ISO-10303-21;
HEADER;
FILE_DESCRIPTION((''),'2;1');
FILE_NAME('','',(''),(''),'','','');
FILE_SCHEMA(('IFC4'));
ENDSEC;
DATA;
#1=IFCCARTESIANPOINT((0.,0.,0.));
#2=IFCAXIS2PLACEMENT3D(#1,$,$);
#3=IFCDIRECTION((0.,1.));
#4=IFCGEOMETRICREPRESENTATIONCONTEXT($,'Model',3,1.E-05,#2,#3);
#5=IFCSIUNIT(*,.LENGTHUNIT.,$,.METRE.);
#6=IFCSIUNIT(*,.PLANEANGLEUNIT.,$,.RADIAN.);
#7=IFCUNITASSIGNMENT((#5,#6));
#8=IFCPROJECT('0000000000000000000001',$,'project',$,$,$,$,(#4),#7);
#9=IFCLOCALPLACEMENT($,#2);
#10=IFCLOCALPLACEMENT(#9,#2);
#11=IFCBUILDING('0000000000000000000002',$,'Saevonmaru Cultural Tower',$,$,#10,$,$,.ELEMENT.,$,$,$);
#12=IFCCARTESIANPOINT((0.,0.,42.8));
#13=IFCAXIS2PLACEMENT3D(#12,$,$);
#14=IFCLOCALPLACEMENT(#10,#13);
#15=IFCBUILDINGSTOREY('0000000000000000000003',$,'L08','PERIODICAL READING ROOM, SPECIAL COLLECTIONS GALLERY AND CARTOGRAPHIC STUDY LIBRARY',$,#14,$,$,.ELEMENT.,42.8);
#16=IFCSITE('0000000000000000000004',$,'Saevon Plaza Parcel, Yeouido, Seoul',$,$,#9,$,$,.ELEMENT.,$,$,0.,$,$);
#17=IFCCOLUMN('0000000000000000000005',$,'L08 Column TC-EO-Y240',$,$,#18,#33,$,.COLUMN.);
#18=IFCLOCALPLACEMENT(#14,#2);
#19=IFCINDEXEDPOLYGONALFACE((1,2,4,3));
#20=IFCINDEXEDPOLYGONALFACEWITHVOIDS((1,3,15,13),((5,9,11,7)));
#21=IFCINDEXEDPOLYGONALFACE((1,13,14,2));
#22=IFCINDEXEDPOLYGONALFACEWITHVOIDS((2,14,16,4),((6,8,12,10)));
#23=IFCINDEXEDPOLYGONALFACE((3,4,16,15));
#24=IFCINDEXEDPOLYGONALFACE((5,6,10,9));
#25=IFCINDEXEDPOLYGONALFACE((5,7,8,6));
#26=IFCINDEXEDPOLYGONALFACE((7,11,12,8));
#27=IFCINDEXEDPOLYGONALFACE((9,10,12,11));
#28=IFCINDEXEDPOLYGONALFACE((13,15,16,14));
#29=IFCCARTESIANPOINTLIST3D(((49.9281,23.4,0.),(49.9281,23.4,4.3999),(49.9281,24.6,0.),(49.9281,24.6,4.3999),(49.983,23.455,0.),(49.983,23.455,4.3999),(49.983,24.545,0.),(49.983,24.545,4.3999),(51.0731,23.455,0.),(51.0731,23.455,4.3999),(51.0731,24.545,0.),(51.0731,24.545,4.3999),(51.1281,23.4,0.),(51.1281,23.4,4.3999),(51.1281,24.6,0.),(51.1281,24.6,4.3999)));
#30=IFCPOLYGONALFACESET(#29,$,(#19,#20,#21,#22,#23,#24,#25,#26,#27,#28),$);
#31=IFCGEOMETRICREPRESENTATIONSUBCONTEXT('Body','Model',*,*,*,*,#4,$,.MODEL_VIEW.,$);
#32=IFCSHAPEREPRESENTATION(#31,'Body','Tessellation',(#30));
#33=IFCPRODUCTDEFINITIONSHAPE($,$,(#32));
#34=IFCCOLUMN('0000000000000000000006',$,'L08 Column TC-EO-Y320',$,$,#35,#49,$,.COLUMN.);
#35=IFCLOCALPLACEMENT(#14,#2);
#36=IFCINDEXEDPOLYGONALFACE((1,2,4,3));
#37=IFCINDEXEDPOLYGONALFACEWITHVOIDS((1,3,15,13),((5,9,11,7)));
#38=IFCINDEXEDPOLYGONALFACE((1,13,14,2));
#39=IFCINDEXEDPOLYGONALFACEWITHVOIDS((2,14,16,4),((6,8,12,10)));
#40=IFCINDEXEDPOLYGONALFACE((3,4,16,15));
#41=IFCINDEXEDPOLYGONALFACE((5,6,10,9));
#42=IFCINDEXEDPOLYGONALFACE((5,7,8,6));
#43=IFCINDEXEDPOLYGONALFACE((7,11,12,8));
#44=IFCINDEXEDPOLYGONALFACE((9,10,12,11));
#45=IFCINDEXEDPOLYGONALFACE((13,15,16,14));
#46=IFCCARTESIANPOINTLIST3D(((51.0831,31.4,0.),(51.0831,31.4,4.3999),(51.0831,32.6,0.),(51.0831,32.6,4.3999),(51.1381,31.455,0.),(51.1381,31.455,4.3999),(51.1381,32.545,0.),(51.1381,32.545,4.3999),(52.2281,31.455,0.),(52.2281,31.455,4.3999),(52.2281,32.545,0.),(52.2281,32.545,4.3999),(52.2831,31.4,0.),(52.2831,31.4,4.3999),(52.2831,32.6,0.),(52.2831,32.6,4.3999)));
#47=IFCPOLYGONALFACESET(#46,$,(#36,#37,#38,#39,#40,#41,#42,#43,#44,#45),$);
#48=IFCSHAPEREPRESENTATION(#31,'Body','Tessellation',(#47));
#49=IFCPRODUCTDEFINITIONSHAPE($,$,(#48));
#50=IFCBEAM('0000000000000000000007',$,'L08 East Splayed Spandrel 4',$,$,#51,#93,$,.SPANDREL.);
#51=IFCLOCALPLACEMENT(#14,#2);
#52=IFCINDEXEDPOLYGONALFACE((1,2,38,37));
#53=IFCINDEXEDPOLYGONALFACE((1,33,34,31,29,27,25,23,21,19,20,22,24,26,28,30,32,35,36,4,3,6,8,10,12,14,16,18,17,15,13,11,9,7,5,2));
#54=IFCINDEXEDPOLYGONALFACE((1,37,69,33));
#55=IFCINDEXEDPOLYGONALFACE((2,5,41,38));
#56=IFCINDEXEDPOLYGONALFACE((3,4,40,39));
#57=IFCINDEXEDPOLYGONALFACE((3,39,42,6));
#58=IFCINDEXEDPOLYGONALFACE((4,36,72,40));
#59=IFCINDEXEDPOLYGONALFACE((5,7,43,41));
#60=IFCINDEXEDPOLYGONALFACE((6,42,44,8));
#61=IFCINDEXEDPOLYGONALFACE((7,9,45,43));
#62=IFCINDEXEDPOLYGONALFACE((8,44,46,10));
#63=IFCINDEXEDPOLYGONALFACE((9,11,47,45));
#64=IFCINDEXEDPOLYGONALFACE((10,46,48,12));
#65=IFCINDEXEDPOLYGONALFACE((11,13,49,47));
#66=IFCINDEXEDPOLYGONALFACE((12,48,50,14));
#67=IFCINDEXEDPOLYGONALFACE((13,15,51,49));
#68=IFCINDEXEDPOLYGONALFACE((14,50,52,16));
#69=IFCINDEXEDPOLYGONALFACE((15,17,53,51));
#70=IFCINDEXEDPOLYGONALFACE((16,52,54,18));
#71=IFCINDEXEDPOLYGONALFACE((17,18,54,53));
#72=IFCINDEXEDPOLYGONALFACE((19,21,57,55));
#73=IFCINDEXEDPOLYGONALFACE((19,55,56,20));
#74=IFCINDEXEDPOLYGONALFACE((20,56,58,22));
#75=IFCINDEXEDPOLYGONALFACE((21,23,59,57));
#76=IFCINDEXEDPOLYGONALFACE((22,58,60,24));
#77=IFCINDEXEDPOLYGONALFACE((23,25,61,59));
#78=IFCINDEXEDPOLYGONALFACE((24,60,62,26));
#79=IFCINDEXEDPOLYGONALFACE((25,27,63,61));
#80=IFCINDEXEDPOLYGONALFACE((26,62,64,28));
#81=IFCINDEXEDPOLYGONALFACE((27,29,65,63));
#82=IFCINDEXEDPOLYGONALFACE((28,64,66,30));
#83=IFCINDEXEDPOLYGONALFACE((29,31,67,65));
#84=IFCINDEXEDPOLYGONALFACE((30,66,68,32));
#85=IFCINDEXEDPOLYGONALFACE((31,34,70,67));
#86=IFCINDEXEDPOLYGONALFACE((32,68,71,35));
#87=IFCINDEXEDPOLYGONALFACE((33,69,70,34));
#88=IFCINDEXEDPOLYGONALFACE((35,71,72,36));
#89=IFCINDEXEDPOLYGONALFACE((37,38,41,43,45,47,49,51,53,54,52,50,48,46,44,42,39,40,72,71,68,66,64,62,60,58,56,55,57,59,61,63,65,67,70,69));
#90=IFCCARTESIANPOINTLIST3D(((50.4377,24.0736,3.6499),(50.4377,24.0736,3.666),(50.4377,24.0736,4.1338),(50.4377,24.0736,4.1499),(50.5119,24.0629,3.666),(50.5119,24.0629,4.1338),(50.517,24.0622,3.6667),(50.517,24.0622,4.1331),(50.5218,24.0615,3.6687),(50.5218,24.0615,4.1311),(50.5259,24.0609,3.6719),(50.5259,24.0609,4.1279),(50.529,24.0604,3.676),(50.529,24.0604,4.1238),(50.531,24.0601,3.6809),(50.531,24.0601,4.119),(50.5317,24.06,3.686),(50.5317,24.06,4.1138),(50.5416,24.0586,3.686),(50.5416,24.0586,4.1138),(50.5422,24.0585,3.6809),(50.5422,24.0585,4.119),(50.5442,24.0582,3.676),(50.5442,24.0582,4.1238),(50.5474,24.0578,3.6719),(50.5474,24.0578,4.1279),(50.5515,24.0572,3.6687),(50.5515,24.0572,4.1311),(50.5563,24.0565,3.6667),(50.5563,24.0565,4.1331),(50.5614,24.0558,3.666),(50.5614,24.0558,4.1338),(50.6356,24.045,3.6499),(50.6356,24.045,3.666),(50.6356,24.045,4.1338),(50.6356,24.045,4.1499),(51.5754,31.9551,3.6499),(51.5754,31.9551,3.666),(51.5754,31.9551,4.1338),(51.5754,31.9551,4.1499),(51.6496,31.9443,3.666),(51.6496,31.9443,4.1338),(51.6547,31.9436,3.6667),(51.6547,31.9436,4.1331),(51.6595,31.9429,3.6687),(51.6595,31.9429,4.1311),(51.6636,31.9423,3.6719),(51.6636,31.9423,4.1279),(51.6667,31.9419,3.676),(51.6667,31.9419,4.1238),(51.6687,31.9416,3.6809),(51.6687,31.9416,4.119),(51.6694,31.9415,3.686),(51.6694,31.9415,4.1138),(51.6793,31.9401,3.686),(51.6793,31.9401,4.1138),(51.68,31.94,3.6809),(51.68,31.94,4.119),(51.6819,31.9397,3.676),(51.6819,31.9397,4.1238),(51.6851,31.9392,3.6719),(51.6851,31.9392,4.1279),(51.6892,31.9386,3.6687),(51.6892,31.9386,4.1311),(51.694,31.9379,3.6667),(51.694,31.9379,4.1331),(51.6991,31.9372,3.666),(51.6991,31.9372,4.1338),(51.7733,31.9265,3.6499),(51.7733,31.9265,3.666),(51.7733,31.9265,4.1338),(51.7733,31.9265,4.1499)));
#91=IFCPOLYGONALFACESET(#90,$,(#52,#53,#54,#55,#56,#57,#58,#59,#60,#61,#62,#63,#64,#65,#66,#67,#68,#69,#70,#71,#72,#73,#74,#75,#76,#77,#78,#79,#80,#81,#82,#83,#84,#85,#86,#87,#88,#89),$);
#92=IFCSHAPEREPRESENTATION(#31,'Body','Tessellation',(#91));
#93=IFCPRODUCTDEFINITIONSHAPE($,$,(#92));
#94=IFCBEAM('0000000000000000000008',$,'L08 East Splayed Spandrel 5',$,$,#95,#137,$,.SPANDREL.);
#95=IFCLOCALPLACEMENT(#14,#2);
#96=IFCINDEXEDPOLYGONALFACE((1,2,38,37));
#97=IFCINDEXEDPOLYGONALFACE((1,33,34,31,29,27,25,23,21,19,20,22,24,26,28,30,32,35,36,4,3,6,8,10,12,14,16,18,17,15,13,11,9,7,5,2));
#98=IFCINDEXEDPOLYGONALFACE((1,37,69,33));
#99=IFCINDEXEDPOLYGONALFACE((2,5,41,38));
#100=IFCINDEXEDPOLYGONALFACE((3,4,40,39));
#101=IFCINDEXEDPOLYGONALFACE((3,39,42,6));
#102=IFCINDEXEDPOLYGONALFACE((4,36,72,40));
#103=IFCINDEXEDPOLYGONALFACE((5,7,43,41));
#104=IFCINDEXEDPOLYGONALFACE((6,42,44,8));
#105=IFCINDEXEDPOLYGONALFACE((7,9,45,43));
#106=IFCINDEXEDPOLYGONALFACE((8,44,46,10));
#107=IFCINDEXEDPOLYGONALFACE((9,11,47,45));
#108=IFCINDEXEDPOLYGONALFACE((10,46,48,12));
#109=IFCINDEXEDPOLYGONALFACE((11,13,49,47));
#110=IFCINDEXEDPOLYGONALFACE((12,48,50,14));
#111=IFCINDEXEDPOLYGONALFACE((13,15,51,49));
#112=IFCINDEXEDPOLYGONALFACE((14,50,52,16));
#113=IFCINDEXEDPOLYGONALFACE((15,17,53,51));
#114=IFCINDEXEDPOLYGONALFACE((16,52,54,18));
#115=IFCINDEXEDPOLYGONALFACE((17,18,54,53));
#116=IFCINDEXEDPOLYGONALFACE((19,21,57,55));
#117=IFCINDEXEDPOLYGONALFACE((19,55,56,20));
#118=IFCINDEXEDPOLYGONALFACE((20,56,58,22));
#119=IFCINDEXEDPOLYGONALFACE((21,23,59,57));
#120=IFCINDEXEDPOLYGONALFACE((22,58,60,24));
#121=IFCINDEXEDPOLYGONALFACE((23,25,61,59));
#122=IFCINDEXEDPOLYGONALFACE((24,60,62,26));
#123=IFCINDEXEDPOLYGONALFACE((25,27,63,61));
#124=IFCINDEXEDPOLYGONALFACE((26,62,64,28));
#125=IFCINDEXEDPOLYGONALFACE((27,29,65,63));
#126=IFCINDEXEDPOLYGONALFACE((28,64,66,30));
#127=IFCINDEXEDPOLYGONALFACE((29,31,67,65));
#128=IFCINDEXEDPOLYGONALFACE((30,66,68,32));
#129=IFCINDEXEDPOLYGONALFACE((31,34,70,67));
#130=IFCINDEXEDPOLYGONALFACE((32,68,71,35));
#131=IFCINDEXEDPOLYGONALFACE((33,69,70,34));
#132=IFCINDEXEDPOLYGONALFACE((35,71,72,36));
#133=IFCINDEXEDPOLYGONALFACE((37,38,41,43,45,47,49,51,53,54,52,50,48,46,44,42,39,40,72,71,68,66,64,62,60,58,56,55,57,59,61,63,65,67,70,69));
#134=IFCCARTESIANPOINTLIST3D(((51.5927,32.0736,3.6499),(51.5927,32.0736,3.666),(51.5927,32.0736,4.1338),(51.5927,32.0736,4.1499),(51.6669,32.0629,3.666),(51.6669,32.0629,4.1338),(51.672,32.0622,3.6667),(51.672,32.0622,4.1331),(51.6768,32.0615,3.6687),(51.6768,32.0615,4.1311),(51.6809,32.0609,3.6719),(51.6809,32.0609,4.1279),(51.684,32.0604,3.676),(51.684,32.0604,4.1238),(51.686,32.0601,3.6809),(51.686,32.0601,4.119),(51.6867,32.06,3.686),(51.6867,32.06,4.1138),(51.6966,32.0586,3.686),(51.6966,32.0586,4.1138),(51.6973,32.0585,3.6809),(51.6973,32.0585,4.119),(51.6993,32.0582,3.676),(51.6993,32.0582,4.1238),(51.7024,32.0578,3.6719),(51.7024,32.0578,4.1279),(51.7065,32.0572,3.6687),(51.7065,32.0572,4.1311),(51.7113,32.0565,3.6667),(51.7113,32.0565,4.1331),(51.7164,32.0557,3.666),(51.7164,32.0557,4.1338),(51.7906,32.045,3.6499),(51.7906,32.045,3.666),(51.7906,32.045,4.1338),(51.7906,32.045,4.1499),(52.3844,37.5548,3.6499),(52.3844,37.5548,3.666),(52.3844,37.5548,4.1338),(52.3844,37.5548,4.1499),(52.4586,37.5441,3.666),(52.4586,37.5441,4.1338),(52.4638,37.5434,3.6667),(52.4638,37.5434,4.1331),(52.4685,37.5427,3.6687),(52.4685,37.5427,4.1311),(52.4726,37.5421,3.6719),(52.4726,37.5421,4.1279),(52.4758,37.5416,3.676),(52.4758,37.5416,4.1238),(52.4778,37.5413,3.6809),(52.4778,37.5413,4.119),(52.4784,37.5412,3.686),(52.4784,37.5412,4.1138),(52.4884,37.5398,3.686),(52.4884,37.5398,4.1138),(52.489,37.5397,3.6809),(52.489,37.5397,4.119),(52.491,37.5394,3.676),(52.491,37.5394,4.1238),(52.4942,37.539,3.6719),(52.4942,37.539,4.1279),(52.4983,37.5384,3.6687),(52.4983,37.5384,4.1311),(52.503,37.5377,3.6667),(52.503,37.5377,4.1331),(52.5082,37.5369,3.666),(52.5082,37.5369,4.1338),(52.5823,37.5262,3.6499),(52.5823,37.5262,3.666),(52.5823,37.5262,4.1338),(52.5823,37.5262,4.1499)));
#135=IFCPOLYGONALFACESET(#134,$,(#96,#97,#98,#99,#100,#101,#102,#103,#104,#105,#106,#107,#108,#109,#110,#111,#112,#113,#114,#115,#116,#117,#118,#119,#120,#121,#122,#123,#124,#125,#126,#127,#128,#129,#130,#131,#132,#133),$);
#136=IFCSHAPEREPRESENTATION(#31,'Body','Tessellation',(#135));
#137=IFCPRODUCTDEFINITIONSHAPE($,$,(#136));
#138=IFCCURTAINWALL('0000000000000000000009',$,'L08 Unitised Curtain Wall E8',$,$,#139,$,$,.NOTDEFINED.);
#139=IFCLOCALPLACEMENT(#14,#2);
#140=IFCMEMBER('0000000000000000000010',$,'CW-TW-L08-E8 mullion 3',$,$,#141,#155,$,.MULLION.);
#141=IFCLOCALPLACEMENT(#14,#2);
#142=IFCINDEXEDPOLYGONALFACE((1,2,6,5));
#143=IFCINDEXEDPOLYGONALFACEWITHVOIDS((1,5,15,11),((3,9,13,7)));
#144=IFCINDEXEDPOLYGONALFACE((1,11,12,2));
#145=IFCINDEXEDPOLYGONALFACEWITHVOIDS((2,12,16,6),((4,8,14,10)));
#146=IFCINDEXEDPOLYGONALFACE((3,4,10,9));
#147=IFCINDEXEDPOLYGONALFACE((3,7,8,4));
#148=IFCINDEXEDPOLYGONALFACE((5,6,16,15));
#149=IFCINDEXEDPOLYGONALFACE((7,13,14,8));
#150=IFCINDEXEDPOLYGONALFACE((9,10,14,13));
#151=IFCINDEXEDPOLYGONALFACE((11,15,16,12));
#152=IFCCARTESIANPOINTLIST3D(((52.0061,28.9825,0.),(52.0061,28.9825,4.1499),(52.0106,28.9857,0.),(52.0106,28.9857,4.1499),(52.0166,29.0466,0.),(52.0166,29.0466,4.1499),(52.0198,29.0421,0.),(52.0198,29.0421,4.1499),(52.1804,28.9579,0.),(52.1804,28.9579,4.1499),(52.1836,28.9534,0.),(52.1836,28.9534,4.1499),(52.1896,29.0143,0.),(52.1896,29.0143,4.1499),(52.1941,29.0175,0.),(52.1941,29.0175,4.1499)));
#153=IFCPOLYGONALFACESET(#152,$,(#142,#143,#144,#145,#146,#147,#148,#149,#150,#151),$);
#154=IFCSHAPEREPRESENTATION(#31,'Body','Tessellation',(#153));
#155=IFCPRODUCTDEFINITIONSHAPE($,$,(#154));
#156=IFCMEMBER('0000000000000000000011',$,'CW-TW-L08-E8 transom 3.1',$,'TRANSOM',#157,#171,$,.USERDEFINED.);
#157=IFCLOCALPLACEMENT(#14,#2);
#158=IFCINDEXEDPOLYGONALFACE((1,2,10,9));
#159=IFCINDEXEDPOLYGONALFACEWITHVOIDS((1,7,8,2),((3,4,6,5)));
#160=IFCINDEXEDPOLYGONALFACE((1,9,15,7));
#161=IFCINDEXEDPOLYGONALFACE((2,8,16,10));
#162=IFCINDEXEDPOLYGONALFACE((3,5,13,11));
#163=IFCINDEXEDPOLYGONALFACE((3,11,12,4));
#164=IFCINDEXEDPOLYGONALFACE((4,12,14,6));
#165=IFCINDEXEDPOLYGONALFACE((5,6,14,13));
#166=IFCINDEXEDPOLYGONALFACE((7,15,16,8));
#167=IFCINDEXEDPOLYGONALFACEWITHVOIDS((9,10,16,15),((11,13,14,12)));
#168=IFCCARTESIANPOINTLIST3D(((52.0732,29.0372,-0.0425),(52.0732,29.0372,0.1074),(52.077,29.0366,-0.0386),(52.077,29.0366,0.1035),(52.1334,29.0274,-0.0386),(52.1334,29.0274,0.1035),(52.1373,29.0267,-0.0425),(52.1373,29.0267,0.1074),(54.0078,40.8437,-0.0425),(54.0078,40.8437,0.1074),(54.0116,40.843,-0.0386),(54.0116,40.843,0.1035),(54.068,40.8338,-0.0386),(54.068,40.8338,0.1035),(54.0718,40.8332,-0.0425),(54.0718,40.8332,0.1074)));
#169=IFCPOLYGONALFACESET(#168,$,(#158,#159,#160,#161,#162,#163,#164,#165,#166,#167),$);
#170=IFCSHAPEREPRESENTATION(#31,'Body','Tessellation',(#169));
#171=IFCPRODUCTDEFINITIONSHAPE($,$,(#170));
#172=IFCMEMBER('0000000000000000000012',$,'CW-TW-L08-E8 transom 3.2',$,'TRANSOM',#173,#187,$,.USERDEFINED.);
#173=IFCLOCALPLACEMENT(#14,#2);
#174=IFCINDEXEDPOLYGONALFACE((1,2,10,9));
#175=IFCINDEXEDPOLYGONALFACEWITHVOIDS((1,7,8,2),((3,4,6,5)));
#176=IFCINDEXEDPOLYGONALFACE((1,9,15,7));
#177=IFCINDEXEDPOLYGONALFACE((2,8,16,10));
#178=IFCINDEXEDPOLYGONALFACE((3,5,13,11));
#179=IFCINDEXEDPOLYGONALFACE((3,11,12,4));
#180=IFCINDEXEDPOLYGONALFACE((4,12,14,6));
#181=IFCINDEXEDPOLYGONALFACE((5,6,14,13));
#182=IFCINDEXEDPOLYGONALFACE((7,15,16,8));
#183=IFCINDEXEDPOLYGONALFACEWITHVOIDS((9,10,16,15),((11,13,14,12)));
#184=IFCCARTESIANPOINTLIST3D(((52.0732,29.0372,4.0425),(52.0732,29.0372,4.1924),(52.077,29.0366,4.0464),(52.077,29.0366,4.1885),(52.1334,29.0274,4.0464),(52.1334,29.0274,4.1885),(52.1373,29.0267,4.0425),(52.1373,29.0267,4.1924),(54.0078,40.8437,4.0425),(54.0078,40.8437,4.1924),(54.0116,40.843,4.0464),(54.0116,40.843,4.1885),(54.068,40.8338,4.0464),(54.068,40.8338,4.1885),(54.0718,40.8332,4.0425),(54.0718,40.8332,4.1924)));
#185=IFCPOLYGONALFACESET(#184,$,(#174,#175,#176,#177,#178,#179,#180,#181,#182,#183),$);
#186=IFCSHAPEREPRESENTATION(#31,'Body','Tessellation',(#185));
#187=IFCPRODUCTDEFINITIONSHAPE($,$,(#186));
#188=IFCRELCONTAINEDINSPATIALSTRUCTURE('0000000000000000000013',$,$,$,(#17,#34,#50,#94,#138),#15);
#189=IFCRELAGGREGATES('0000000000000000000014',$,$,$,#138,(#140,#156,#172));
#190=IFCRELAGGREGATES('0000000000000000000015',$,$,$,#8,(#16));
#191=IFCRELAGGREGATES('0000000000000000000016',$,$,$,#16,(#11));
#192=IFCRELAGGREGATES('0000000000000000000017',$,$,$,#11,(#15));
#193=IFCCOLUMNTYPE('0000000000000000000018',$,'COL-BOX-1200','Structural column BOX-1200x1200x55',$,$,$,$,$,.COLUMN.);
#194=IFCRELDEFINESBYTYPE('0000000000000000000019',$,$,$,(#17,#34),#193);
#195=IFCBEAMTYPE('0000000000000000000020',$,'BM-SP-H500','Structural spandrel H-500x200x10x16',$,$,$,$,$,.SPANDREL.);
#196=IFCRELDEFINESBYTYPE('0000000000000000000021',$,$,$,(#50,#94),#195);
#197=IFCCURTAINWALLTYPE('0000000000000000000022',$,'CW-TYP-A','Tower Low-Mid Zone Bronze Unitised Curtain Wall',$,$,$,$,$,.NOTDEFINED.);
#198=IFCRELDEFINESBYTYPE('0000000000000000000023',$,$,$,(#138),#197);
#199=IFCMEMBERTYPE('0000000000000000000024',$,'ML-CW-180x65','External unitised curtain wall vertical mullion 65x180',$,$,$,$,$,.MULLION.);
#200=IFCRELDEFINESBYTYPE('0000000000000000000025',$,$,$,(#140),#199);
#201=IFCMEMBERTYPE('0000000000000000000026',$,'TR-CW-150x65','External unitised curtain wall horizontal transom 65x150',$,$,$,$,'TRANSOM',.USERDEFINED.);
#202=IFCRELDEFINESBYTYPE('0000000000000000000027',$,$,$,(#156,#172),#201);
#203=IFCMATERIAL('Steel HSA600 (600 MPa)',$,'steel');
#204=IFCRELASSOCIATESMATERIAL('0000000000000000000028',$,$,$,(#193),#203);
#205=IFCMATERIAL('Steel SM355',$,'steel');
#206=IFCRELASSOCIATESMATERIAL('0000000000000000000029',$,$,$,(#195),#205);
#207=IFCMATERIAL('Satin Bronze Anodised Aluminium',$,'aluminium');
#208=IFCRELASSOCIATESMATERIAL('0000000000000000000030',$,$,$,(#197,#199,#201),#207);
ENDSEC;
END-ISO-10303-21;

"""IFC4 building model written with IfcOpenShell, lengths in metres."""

from ifc_helpers import new_model, si_unit, direction, frame, origin, origin_2d, place, context, subcontext, project, spatial, hollow_rectangle, i_section, extrude, material, material_profile, profile_set, type_object, element, aggregate, save


model = new_model("IFC4")

# Units and contexts
model_context = context("Model", 3, precision=1e-05, world=origin(), true_north=direction((0.0, 1.0)))
body_context = subcontext(model_context, "Body", "Model", "MODEL_VIEW")
ifc_project = project(units=[si_unit("LENGTHUNIT", "METRE"), si_unit("PLANEANGLEUNIT", "RADIAN")], contexts=[model_context])

# Site, building, storey
site_placement = place(None, origin())
site = spatial("IfcSite", under=ifc_project, at=site_placement, Name="Saevon Plaza Parcel, Yeouido, Seoul", CompositionType="ELEMENT", RefElevation=0.0)
building_placement = place(site_placement, origin())
building = spatial("IfcBuilding", under=site, at=building_placement, Name="Saevonmaru Cultural Tower", CompositionType="ELEMENT")
storey_placement = place(building_placement, frame((0.0, 0.0, 42.8)))
storey = spatial("IfcBuildingStorey", under=building, at=storey_placement, Name="L08", Description="PERIODICAL READING ROOM, SPECIAL COLLECTIONS GALLERY AND CARTOGRAPHIC STUDY LIBRARY", CompositionType="ELEMENT", Elevation=42.8)

# Columns
ifc_material_1 = material(Name="Steel HSA600 (600 MPa)", Category="steel")
ifc_material_profile_1 = material_profile(ifc_material_1, hollow_rectangle(XDim=1.2, YDim=1.2, WallThickness=0.0549, at=origin_2d()), Name="BOX-1200x1200x55")
ifc_profile_set_1 = profile_set([ifc_material_profile_1], Name="Steel HSA600 (600 MPa)")
column_type = type_object("IfcColumnType", Name="COL-BOX-1200", Description="Structural column BOX-1200x1200x55", PredefinedType="COLUMN", material=ifc_profile_set_1)
for number, where, z_axis, x_axis, name in (
    (1, (50.5281, 24.0, 0.0), (0.0, 0.0, 1.0), (1.0, 0.0, 0.0), "L08 Column TC-EO-Y240"),
    (2, (51.6831, 32.0, 0.0), (0.0, 0.0, 1.0), (1.0, 0.0, 0.0), "L08 Column TC-EO-Y320"),
):
    element("IfcColumn", number, at=place(storey_placement, frame(where, z_axis=z_axis, x_axis=x_axis)), inside=storey, type_object=column_type, Name=name, PredefinedType="COLUMN", context=body_context, shape_type="SweptSolid", body=[
        extrude(hollow_rectangle(XDim=1.2, YDim=1.2, WallThickness=0.0549, at=origin_2d()), origin(), (0.0, 0.0, 1.0), 4.3999),
    ])

# Beams
ifc_material_2 = material(Name="Steel SM355", Category="steel")
ifc_material_profile_2 = material_profile(ifc_material_2, i_section(OverallWidth=0.2, OverallDepth=0.5, WebThickness=0.01, FlangeThickness=0.0161, FilletRadius=0.02, at=origin_2d()), Name="H-500x200x10x16")
ifc_profile_set_2 = profile_set([ifc_material_profile_2], Name="Steel SM355")
beam_type = type_object("IfcBeamType", Name="BM-SP-H500", Description="Structural spandrel H-500x200x10x16", PredefinedType="SPANDREL", material=ifc_profile_set_2)
beam_1_placement = place(storey_placement, frame((50.5366, 24.0593, 3.8999), z_axis=(0.142872, 0.989741, 0.0), x_axis=(-0.989741, 0.142872, 0.0)))
element("IfcBeam", 3, at=beam_1_placement, inside=storey, type_object=beam_type, Name="L08 East Splayed Spandrel 4", PredefinedType="SPANDREL", context=body_context, shape_type="SweptSolid", body=[
    extrude(i_section(OverallWidth=0.2, OverallDepth=0.5, WebThickness=0.01, FlangeThickness=0.0161, FilletRadius=0.02, at=origin_2d()), origin(), (0.0, 0.0, 1.0), 7.9631),
])
beam_2_placement = place(storey_placement, frame((51.6917, 32.0593, 3.8999), z_axis=(0.142964, 0.989728, 0.0), x_axis=(-0.989728, 0.142964, 0.0)))
element("IfcBeam", 4, at=beam_2_placement, inside=storey, type_object=beam_type, Name="L08 East Splayed Spandrel 5", PredefinedType="SPANDREL", context=body_context, shape_type="SweptSolid", body=[
    extrude(i_section(OverallWidth=0.2, OverallDepth=0.5, WebThickness=0.01, FlangeThickness=0.0161, FilletRadius=0.02, at=origin_2d()), origin(), (0.0, 0.0, 1.0), 5.5381),
])

# Curtain wall, members
ifc_material_3 = material(Name="Satin Bronze Anodised Aluminium", Category="aluminium")
curtain_wall_type = type_object("IfcCurtainWallType", Name="CW-TYP-A", Description="Tower Low-Mid Zone Bronze Unitised Curtain Wall", PredefinedType="NOTDEFINED", material=ifc_material_3)
curtain_wall_placement = place(storey_placement, origin())
curtain_wall = element("IfcCurtainWall", 5, at=curtain_wall_placement, inside=storey, type_object=curtain_wall_type, Name="L08 Unitised Curtain Wall E8", PredefinedType="NOTDEFINED")
ifc_material_profile_3 = material_profile(ifc_material_3, hollow_rectangle(XDim=0.0649, YDim=0.1799, WallThickness=0.0039, at=origin_2d()), Name="ALU-MULL-180x65x4")
ifc_profile_set_3 = profile_set([ifc_material_profile_3], Name="Satin Bronze Anodised Aluminium")
member_type_1 = type_object("IfcMemberType", Name="ML-CW-180x65", Description="External unitised curtain wall vertical mullion 65x180", PredefinedType="MULLION", material=ifc_profile_set_3)
member_1_placement = place(storey_placement, frame((52.1001, 29.0, 0.0), z_axis=(0.0, 0.0, 1.0), x_axis=(0.161709, 0.986839, 0.0)))
member_1 = element("IfcMember", 6, at=member_1_placement, type_object=member_type_1, Name="CW-TW-L08-E8 mullion 3", PredefinedType="MULLION", context=body_context, shape_type="SweptSolid", body=[
    extrude(hollow_rectangle(XDim=0.0649, YDim=0.1799, WallThickness=0.0039, at=origin_2d()), origin(), (0.0, 0.0, 1.0), 4.1499),
])
ifc_material_profile_4 = material_profile(ifc_material_3, hollow_rectangle(XDim=0.0649, YDim=0.1499, WallThickness=0.0039, at=origin_2d()), Name="ALU-TRAN-150x65x4")
ifc_profile_set_4 = profile_set([ifc_material_profile_4], Name="Satin Bronze Anodised Aluminium")
member_type_2 = type_object("IfcMemberType", Name="TR-CW-150x65", Description="External unitised curtain wall horizontal transom 65x150", ElementType="TRANSOM", PredefinedType="USERDEFINED", material=ifc_profile_set_4)
member_2_placement = place(storey_placement, frame((52.1052, 29.032, 0.0325), z_axis=(0.161701, 0.98684, 0.0), x_axis=(-0.98684, 0.161701, 0.0)))
member_2 = element("IfcMember", 7, at=member_2_placement, type_object=member_type_2, Name="CW-TW-L08-E8 transom 3.1", ObjectType="TRANSOM", PredefinedType="USERDEFINED", context=body_context, shape_type="SweptSolid", body=[
    extrude(hollow_rectangle(XDim=0.0649, YDim=0.1499, WallThickness=0.0039, at=origin_2d()), origin(), (0.0, 0.0, 1.0), 11.9639),
])
member_3_placement = place(storey_placement, frame((52.1052, 29.032, 4.1174), z_axis=(0.161701, 0.98684, 0.0), x_axis=(-0.98684, 0.161701, 0.0)))
member_3 = element("IfcMember", 8, at=member_3_placement, type_object=member_type_2, Name="CW-TW-L08-E8 transom 3.2", ObjectType="TRANSOM", PredefinedType="USERDEFINED", context=body_context, shape_type="SweptSolid", body=[
    extrude(hollow_rectangle(XDim=0.0649, YDim=0.1499, WallThickness=0.0039, at=origin_2d()), origin(), (0.0, 0.0, 1.0), 11.9639),
])
aggregate(curtain_wall, [member_1, member_2, member_3])

save(model, "model.ifc")
